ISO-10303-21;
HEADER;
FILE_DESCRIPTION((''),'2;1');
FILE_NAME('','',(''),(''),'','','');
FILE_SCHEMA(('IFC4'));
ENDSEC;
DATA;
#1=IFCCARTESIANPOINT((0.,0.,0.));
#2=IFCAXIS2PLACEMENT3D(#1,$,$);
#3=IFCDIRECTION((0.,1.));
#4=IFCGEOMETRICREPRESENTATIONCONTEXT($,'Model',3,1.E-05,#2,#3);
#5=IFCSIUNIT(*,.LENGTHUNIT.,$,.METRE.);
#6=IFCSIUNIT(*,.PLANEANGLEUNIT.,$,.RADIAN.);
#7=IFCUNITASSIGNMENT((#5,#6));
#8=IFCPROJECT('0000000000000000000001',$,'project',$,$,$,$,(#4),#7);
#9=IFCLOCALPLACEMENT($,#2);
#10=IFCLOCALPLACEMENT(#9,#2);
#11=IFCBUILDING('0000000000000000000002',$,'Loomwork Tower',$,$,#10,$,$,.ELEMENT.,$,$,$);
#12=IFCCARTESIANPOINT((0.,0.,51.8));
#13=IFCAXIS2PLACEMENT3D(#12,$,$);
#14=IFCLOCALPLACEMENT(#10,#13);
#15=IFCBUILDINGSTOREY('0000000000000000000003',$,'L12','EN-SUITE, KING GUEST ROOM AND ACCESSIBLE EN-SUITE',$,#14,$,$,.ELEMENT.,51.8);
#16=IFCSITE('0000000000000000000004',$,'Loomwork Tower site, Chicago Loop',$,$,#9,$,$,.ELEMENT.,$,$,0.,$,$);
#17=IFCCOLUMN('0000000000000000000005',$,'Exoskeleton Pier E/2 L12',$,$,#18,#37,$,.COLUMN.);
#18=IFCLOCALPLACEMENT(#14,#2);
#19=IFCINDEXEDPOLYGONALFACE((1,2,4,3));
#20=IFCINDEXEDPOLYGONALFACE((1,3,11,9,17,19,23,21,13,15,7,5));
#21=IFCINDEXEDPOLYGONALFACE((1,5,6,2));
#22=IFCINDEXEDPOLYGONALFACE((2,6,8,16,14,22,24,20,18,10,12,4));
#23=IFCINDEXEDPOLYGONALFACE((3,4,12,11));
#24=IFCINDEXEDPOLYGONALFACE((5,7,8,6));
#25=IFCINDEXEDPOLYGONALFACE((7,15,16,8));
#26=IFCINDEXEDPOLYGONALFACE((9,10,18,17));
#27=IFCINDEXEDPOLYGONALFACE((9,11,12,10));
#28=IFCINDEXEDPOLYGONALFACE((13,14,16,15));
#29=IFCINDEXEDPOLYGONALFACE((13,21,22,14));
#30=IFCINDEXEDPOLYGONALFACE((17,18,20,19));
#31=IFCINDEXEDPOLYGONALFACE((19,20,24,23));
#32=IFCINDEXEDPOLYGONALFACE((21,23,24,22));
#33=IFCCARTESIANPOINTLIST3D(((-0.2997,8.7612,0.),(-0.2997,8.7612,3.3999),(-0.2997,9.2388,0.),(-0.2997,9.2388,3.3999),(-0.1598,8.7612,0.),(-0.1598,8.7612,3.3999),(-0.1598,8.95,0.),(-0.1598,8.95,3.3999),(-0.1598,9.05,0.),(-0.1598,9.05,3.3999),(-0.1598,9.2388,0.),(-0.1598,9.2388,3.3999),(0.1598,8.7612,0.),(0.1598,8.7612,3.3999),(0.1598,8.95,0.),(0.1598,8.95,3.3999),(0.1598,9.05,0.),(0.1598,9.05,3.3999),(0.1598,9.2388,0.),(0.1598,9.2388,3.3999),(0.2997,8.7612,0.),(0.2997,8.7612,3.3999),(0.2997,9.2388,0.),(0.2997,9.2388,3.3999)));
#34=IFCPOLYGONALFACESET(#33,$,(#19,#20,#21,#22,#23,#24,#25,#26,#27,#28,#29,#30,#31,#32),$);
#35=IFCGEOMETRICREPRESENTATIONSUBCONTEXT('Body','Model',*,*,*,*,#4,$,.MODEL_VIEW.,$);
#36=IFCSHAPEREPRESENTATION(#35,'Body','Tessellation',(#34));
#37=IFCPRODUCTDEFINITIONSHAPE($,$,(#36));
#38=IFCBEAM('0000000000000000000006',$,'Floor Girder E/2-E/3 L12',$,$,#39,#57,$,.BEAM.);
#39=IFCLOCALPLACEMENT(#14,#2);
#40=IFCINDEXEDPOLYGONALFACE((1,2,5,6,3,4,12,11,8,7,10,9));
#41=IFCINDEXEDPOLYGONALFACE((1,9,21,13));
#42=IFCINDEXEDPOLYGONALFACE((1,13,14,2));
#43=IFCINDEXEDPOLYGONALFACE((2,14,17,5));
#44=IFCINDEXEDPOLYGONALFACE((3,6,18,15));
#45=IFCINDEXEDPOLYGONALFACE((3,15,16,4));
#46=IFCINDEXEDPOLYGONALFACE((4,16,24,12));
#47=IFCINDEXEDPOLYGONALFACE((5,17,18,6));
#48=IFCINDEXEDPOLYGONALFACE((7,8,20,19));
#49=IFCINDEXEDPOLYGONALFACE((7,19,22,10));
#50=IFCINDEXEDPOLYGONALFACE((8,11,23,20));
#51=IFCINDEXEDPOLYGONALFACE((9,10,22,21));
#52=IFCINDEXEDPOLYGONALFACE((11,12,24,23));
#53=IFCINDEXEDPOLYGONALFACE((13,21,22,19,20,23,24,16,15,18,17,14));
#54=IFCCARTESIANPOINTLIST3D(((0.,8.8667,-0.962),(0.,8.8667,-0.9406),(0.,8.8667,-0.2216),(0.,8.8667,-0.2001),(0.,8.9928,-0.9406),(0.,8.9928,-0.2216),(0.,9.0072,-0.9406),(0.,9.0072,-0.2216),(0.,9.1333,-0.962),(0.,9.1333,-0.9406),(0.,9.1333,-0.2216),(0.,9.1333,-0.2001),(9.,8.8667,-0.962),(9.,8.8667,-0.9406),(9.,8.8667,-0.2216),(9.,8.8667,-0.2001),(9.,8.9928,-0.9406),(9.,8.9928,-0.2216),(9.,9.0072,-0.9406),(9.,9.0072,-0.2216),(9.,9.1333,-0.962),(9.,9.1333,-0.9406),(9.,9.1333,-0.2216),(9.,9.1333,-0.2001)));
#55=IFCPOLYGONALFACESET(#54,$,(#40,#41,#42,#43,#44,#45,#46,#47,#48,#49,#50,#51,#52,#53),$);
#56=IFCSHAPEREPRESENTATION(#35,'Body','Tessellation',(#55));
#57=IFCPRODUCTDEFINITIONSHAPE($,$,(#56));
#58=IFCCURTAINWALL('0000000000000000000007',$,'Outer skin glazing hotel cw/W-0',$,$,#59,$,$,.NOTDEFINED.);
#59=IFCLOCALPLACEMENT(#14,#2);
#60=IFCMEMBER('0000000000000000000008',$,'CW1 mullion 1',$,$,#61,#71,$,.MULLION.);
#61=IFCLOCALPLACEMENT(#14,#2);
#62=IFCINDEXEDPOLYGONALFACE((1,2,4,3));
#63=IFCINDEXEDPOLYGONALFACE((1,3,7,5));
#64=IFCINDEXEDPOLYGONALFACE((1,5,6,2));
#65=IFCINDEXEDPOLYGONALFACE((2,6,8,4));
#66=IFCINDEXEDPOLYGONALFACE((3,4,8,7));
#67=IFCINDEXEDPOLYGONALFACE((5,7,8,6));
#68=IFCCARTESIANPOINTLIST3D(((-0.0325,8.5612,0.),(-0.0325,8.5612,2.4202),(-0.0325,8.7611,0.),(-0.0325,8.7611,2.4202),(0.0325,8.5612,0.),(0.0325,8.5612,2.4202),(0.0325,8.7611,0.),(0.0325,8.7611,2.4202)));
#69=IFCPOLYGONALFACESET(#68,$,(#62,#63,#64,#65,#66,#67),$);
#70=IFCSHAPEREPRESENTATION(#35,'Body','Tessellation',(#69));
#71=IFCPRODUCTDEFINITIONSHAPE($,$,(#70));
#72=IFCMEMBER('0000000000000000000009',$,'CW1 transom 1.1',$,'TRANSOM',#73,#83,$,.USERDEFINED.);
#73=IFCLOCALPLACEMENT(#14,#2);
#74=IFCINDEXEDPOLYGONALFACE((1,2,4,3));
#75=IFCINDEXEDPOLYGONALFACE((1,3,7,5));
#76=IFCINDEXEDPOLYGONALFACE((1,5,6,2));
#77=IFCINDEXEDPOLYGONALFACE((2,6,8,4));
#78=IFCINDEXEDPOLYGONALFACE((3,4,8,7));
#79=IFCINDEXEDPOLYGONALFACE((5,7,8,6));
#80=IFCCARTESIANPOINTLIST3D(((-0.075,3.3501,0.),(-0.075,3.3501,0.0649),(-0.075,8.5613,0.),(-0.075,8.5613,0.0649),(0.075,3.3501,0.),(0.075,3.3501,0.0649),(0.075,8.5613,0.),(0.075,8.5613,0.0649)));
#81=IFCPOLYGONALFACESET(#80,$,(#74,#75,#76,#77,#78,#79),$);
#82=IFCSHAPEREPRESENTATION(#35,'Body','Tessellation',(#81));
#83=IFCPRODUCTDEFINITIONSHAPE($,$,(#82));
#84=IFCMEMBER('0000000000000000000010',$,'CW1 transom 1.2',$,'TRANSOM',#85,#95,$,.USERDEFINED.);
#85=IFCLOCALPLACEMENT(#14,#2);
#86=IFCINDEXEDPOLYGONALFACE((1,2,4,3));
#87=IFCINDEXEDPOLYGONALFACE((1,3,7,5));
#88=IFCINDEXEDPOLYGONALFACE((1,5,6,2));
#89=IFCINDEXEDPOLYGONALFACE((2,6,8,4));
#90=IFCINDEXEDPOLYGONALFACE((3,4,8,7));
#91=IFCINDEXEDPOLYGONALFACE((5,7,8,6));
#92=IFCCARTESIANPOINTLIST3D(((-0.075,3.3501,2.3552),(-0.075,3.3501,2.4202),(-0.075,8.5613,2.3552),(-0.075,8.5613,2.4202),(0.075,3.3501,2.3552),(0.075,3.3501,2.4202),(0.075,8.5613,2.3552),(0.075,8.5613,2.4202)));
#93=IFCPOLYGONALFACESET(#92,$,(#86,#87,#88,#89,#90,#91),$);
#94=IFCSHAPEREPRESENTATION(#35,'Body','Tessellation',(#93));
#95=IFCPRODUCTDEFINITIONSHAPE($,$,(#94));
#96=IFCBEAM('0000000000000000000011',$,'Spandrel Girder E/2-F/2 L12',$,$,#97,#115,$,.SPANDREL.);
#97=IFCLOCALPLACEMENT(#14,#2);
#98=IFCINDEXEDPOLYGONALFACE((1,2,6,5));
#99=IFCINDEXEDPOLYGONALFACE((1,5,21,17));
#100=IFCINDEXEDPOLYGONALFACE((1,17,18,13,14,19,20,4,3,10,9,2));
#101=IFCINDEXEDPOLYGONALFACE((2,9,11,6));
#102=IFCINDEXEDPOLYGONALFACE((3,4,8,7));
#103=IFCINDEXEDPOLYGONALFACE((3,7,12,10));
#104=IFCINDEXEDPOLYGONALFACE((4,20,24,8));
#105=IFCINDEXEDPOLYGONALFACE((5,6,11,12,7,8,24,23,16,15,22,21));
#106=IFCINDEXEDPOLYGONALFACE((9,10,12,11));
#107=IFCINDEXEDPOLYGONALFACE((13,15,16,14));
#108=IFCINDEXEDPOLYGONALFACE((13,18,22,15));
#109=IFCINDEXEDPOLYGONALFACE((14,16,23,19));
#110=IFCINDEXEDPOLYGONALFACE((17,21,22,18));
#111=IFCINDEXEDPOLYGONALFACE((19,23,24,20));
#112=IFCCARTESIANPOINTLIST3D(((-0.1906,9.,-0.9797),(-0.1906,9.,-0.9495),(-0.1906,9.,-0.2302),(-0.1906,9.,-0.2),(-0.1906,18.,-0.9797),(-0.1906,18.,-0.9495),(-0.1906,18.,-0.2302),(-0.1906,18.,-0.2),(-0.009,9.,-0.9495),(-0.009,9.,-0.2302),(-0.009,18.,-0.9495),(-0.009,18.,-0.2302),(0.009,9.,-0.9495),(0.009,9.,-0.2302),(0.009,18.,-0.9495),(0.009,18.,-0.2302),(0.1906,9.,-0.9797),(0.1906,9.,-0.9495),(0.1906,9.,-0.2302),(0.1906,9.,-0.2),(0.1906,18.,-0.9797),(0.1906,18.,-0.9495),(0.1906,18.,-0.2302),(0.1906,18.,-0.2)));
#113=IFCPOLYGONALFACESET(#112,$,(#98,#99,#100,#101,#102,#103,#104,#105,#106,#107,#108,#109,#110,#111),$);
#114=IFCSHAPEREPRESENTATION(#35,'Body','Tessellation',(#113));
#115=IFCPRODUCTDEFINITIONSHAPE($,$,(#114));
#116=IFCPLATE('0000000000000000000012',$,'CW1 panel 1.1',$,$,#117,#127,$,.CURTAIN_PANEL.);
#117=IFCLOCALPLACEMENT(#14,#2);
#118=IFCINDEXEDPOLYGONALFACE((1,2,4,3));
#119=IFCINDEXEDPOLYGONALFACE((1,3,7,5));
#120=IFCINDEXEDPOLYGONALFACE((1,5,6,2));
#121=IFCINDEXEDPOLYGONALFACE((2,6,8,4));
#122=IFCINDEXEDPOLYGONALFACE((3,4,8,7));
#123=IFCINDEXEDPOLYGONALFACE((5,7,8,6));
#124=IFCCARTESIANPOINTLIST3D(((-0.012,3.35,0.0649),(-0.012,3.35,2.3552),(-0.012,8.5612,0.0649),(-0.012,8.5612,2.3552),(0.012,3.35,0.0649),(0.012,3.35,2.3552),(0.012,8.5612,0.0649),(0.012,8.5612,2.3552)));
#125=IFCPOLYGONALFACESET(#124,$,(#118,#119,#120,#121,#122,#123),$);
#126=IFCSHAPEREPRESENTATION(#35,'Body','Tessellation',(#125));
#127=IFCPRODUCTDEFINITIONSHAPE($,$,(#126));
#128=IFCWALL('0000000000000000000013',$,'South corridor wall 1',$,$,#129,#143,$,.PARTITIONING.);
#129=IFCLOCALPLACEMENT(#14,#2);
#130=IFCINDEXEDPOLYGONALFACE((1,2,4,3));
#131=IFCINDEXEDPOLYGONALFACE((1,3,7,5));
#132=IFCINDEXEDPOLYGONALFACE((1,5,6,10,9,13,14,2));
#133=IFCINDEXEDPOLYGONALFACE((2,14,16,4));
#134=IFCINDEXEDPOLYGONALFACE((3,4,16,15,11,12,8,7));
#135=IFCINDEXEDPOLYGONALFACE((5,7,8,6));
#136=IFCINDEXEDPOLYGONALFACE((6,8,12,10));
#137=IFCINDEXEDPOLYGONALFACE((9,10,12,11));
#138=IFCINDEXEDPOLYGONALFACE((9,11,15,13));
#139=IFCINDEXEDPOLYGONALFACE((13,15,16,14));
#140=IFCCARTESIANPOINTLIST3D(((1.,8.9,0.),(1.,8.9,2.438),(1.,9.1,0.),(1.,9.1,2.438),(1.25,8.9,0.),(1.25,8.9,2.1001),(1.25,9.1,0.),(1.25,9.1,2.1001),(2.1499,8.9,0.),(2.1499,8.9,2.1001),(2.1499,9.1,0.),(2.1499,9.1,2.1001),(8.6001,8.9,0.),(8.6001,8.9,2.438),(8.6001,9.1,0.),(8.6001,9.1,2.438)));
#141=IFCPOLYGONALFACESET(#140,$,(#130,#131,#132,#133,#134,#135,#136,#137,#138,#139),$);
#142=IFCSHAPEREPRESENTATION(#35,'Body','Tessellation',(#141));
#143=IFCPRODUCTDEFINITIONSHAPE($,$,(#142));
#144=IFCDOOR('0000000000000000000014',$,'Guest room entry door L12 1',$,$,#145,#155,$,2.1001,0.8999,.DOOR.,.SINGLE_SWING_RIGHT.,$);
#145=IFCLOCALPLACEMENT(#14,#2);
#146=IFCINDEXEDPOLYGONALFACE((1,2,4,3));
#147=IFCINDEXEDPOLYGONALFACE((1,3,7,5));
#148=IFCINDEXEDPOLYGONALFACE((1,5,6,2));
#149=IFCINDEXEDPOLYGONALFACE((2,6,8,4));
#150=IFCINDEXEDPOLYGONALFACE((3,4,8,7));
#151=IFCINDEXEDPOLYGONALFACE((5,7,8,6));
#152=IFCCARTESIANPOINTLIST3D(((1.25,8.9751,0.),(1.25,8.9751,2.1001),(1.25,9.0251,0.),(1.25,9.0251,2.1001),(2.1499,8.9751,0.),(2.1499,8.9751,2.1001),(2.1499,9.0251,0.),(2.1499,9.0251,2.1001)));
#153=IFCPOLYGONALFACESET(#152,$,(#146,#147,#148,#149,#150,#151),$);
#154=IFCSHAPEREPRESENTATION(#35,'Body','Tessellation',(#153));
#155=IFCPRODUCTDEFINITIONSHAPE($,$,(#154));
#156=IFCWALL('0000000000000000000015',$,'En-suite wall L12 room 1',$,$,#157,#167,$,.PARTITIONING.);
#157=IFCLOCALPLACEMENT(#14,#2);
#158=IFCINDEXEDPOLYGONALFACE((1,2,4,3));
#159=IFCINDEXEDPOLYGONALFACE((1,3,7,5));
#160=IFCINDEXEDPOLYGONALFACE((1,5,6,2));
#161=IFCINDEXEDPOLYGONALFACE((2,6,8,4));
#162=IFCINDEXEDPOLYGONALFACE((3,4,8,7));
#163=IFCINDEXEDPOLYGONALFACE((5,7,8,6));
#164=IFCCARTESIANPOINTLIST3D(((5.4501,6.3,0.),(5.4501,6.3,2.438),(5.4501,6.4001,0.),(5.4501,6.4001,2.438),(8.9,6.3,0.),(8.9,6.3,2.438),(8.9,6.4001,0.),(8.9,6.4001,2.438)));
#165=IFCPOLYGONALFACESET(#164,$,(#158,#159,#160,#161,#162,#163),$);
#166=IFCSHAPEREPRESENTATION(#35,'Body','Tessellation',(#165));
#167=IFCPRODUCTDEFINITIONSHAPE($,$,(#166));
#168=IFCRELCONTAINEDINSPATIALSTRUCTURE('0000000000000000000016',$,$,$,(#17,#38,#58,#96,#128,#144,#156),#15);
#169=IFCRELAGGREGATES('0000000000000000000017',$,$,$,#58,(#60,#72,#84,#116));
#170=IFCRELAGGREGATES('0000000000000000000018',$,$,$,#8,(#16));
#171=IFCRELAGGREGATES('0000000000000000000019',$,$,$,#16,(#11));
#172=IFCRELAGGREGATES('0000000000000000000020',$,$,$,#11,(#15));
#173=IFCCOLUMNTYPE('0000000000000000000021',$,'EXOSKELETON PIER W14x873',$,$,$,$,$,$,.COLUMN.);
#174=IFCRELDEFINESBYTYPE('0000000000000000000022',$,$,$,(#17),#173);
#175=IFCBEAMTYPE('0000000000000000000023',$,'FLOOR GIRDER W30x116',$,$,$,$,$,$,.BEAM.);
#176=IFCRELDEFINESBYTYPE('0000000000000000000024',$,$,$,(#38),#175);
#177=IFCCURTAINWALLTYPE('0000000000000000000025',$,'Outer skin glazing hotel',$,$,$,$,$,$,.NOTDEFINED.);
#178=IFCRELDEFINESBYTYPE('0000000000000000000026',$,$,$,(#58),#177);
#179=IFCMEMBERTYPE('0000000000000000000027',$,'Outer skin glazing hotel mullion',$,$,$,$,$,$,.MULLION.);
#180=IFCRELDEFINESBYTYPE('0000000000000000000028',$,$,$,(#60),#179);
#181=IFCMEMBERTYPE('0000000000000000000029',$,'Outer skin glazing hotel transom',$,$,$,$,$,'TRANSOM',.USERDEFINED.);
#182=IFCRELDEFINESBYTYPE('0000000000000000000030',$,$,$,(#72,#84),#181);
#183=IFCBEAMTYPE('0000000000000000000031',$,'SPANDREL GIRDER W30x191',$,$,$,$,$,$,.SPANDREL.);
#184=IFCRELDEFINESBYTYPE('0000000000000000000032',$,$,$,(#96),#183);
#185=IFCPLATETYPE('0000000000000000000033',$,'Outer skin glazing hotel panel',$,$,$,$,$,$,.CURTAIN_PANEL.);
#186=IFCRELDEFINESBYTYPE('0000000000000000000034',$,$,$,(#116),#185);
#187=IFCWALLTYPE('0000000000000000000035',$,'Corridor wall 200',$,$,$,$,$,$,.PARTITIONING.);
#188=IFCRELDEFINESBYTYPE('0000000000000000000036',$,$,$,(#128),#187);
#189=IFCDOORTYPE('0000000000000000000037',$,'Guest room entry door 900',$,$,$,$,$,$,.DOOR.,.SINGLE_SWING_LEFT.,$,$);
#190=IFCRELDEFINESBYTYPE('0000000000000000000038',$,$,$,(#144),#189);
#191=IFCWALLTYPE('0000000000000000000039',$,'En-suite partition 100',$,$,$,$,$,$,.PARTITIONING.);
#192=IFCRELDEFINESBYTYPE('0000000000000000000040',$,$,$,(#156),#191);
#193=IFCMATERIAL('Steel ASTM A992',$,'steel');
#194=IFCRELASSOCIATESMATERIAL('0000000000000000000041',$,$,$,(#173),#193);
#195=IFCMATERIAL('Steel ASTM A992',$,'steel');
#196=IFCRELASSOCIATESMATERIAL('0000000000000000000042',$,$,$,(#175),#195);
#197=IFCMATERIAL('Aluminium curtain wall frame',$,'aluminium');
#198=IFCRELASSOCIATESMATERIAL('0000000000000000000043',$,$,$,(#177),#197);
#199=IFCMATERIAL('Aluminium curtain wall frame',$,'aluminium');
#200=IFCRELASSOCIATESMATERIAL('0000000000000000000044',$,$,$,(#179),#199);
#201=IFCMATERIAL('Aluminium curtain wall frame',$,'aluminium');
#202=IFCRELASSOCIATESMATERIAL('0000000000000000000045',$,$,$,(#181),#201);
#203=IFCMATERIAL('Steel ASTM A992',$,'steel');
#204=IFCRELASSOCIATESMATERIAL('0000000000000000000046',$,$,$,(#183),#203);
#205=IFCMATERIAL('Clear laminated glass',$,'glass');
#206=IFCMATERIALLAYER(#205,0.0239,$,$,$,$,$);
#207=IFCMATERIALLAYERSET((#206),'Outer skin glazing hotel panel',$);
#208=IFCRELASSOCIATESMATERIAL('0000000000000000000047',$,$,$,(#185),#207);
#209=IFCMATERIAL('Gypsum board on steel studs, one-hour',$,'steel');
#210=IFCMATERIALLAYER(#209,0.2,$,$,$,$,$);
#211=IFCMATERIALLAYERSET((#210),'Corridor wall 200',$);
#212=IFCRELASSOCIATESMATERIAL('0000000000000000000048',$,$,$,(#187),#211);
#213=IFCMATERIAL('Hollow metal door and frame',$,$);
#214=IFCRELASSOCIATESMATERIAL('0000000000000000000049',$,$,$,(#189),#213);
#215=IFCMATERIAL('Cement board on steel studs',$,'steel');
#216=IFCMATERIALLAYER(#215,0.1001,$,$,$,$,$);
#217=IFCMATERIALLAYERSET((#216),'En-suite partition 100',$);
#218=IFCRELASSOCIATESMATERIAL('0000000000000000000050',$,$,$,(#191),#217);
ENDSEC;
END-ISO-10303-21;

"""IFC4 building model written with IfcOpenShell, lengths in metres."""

from ifc_helpers import new_model, si_unit, direction, frame, frame_2d, origin, origin_2d, place, context, subcontext, project, spatial, rectangle, i_section, extrude, material, layer, layer_set, material_profile, profile_set, type_object, element, fill, aggregate, save


model = new_model("IFC4")

# Units and contexts
model_context = context("Model", 3, precision=1e-05, world=origin(), true_north=direction((0.0, 1.0)))
body_context = subcontext(model_context, "Body", "Model", "MODEL_VIEW")
ifc_project = project(units=[si_unit("LENGTHUNIT", "METRE"), si_unit("PLANEANGLEUNIT", "RADIAN")], contexts=[model_context])

# Site, building, storey
site_placement = place(None, origin())
site = spatial("IfcSite", under=ifc_project, at=site_placement, Name="Loomwork Tower site, Chicago Loop", CompositionType="ELEMENT", RefElevation=0.0)
building_placement = place(site_placement, origin())
building = spatial("IfcBuilding", under=site, at=building_placement, Name="Loomwork Tower", CompositionType="ELEMENT")
storey_placement = place(building_placement, frame((0.0, 0.0, 51.8)))
storey = spatial("IfcBuildingStorey", under=building, at=storey_placement, Name="L12", Description="EN-SUITE, KING GUEST ROOM AND ACCESSIBLE EN-SUITE", CompositionType="ELEMENT", Elevation=51.8)

# Column
ifc_material_1 = material(Name="Steel ASTM A992", Category="steel")
ifc_material_profile_1 = material_profile(ifc_material_1, i_section(OverallWidth=0.4775, OverallDepth=0.5994, WebThickness=0.1001, FlangeThickness=0.1399, at=origin_2d()), Name="W14x873")
ifc_profile_set_1 = profile_set([ifc_material_profile_1], Name="Steel ASTM A992")
column_type = type_object("IfcColumnType", Name="EXOSKELETON PIER W14x873", PredefinedType="COLUMN", material=ifc_profile_set_1)
column_placement = place(storey_placement, frame((0.0, 9.0, 0.0), z_axis=(0.0, 0.0, 1.0), x_axis=(0.0, 1.0, 0.0)))
element("IfcColumn", 1, at=column_placement, inside=storey, type_object=column_type, Name="Exoskeleton Pier E/2 L12", PredefinedType="COLUMN", context=body_context, shape_type="SweptSolid", body=[
    extrude(i_section(OverallWidth=0.4775, OverallDepth=0.5994, WebThickness=0.1001, FlangeThickness=0.1399, at=origin_2d()), origin(), (0.0, 0.0, 1.0), 3.3999),
])

# Beam
ifc_material_2 = material(Name="Steel ASTM A992", Category="steel")
ifc_material_profile_2 = material_profile(ifc_material_2, i_section(OverallWidth=0.2666, OverallDepth=0.762, WebThickness=0.0144, FlangeThickness=0.0215, at=origin_2d()), Name="W30x116")
ifc_profile_set_2 = profile_set([ifc_material_profile_2], Name="Steel ASTM A992")
beam_type_1 = type_object("IfcBeamType", Name="FLOOR GIRDER W30x116", PredefinedType="BEAM", material=ifc_profile_set_2)
beam_1_placement = place(storey_placement, frame((0.0, 9.0, -0.5811), z_axis=(1.0, 0.0, 0.0), x_axis=(0.0, 1.0, 0.0)))
element("IfcBeam", 2, at=beam_1_placement, inside=storey, type_object=beam_type_1, Name="Floor Girder E/2-E/3 L12", PredefinedType="BEAM", context=body_context, shape_type="SweptSolid", body=[
    extrude(i_section(OverallWidth=0.2666, OverallDepth=0.762, WebThickness=0.0144, FlangeThickness=0.0215, at=origin_2d()), origin(), (0.0, 0.0, 1.0), 9.0),
])

# Curtain wall, members
ifc_material_3 = material(Name="Aluminium curtain wall frame", Category="aluminium")
curtain_wall_type = type_object("IfcCurtainWallType", Name="Outer skin glazing hotel", PredefinedType="NOTDEFINED", material=ifc_material_3)
curtain_wall_placement = place(storey_placement, origin())
curtain_wall = element("IfcCurtainWall", 3, at=curtain_wall_placement, inside=storey, type_object=curtain_wall_type, Name="Outer skin glazing hotel cw/W-0", PredefinedType="NOTDEFINED")
ifc_material_4 = material(Name="Aluminium curtain wall frame", Category="aluminium")
ifc_material_profile_3 = material_profile(ifc_material_4, rectangle(XDim=0.0649, YDim=0.2, at=origin_2d()), Name="AL 65x200")
ifc_profile_set_3 = profile_set([ifc_material_profile_3], Name="Aluminium curtain wall frame")
member_type_1 = type_object("IfcMemberType", Name="Outer skin glazing hotel mullion", PredefinedType="MULLION", material=ifc_profile_set_3)
member_1_placement = place(storey_placement, frame((0.0, 8.6611, 0.0), z_axis=(0.0, 0.0, 1.0), x_axis=(1.0, 0.0, 0.0)))
member_1 = element("IfcMember", 4, at=member_1_placement, type_object=member_type_1, Name="CW1 mullion 1", PredefinedType="MULLION", context=body_context, shape_type="SweptSolid", body=[
    extrude(rectangle(XDim=0.0649, YDim=0.2, at=origin_2d()), origin(), (0.0, 0.0, 1.0), 2.4202),
])
ifc_material_5 = material(Name="Aluminium curtain wall frame", Category="aluminium")
ifc_material_profile_4 = material_profile(ifc_material_5, rectangle(XDim=0.1499, YDim=0.0649, at=origin_2d()), Name="AL 65x150")
ifc_profile_set_4 = profile_set([ifc_material_profile_4], Name="Aluminium curtain wall frame")
member_type_2 = type_object("IfcMemberType", Name="Outer skin glazing hotel transom", ElementType="TRANSOM", PredefinedType="USERDEFINED", material=ifc_profile_set_4)
member_2_placement = place(storey_placement, frame((0.0, 8.5613, 0.0325), z_axis=(0.0, -1.0, 0.0), x_axis=(1.0, 0.0, 0.0)))
member_2 = element("IfcMember", 5, at=member_2_placement, type_object=member_type_2, Name="CW1 transom 1.1", ObjectType="TRANSOM", PredefinedType="USERDEFINED", context=body_context, shape_type="SweptSolid", body=[
    extrude(rectangle(XDim=0.1499, YDim=0.0649, at=origin_2d()), origin(), (0.0, 0.0, 1.0), 5.2112),
])
member_3_placement = place(storey_placement, frame((0.0, 8.5613, 2.3877), z_axis=(0.0, -1.0, 0.0), x_axis=(1.0, 0.0, 0.0)))
member_3 = element("IfcMember", 6, at=member_3_placement, type_object=member_type_2, Name="CW1 transom 1.2", ObjectType="TRANSOM", PredefinedType="USERDEFINED", context=body_context, shape_type="SweptSolid", body=[
    extrude(rectangle(XDim=0.1499, YDim=0.0649, at=origin_2d()), origin(), (0.0, 0.0, 1.0), 5.2112),
])

# Beam
ifc_material_6 = material(Name="Steel ASTM A992", Category="steel")
ifc_material_profile_5 = material_profile(ifc_material_6, i_section(OverallWidth=0.3811, OverallDepth=0.7798, WebThickness=0.0181, FlangeThickness=0.0303, at=origin_2d()), Name="W30x191")
ifc_profile_set_5 = profile_set([ifc_material_profile_5], Name="Steel ASTM A992")
beam_type_2 = type_object("IfcBeamType", Name="SPANDREL GIRDER W30x191", PredefinedType="SPANDREL", material=ifc_profile_set_5)
beam_2_placement = place(storey_placement, frame((0.0, 9.0, -0.5898), z_axis=(0.0, 1.0, 0.0), x_axis=(-1.0, 0.0, 0.0)))
element("IfcBeam", 7, at=beam_2_placement, inside=storey, type_object=beam_type_2, Name="Spandrel Girder E/2-F/2 L12", PredefinedType="SPANDREL", context=body_context, shape_type="SweptSolid", body=[
    extrude(i_section(OverallWidth=0.3811, OverallDepth=0.7798, WebThickness=0.0181, FlangeThickness=0.0303, at=origin_2d()), origin(), (0.0, 0.0, 1.0), 9.0),
])

# Plate
ifc_material_7 = material(Name="Clear laminated glass", Category="glass")
ifc_layer_1 = layer(ifc_material_7, 0.0239)
ifc_layer_set_1 = layer_set([ifc_layer_1], Name="Outer skin glazing hotel panel")
plate_type = type_object("IfcPlateType", Name="Outer skin glazing hotel panel", PredefinedType="CURTAIN_PANEL", material=ifc_layer_set_1)
plate_placement = place(storey_placement, frame((0.0, 5.9556, 0.0649), z_axis=(0.0, 0.0, 1.0), x_axis=(0.0, -1.0, 0.0)))
plate = element("IfcPlate", 8, at=plate_placement, type_object=plate_type, Name="CW1 panel 1.1", PredefinedType="CURTAIN_PANEL", context=body_context, shape_type="SweptSolid", body=[
    extrude(rectangle(XDim=5.2112, YDim=0.0239, at=origin_2d()), origin(), (0.0, 0.0, 1.0), 2.2903),
])
aggregate(curtain_wall, [member_1, member_2, member_3, plate])

# Wall, opening, door
ifc_material_8 = material(Name="Gypsum board on steel studs, one-hour", Category="steel")
ifc_layer_2 = layer(ifc_material_8, 0.2)
ifc_layer_set_2 = layer_set([ifc_layer_2], Name="Corridor wall 200")
wall_type_1 = type_object("IfcWallType", Name="Corridor wall 200", PredefinedType="PARTITIONING", material=ifc_layer_set_2)
wall_1_placement = place(storey_placement, frame((1.0, 9.0, 0.0), z_axis=(0.0, 0.0, 1.0), x_axis=(1.0, 0.0, 0.0)))
wall_1 = element("IfcWall", 9, at=wall_1_placement, inside=storey, type_object=wall_type_1, Name="South corridor wall 1", PredefinedType="PARTITIONING", context=body_context, shape_type="SweptSolid", body=[
    extrude(rectangle(XDim=7.6001, YDim=0.2, at=frame_2d((3.8, 0.0))), origin(), (0.0, 0.0, 1.0), 2.438),
])
opening_1_placement = place(wall_1_placement, frame((0.25, 0.0, 0.0)))
opening_1 = element("IfcOpeningElement", 10, at=opening_1_placement, cuts=wall_1, PredefinedType="OPENING", context=body_context, shape_type="SweptSolid", body=[
    extrude(rectangle(XDim=0.8999, YDim=2.1001, at=frame_2d((0.45, 1.05))), frame((0.0, 0.1099, 0.0), z_axis=(0.0, -1.0, 0.0), x_axis=(1.0, 0.0, 0.0)), (0.0, 0.0, 1.0), 0.22),
])
ifc_material_9 = material(Name="Hollow metal door and frame")
door_type_1 = type_object("IfcDoorType", Name="Guest room entry door 900", OperationType="SINGLE_SWING_LEFT", PredefinedType="DOOR", material=ifc_material_9)
door_1_placement = place(opening_1_placement, frame((0.8999, 0.0, 0.0), z_axis=(0.0, 0.0, 1.0), x_axis=(-1.0, 0.0, 0.0)))
door_1 = element("IfcDoor", 11, at=door_1_placement, inside=storey, type_object=door_type_1, Name="Guest room entry door L12 1", OperationType="SINGLE_SWING_RIGHT", OverallHeight=2.1001, OverallWidth=0.8999, PredefinedType="DOOR", context=body_context, shape_type="SweptSolid", body=[
    extrude(rectangle(XDim=0.8999, YDim=2.1001, at=frame_2d((0.45, 1.05))), frame((0.0, 0.0249, 0.0), z_axis=(0.0, -1.0, 0.0), x_axis=(1.0, 0.0, 0.0)), (0.0, 0.0, 1.0), 0.05),
])
fill(opening_1, door_1)

# Wall
ifc_material_10 = material(Name="Cement board on steel studs", Category="steel")
ifc_layer_3 = layer(ifc_material_10, 0.1001)
ifc_layer_set_3 = layer_set([ifc_layer_3], Name="En-suite partition 100")
wall_type_2 = type_object("IfcWallType", Name="En-suite partition 100", PredefinedType="PARTITIONING", material=ifc_layer_set_3)
wall_2_placement = place(storey_placement, frame((5.45, 6.3501, 0.0), z_axis=(0.0, 0.0, 1.0), x_axis=(1.0, 0.0, 0.0)))
element("IfcWall", 12, at=wall_2_placement, inside=storey, type_object=wall_type_2, Name="En-suite wall L12 room 1", PredefinedType="PARTITIONING", context=body_context, shape_type="SweptSolid", body=[
    extrude(rectangle(XDim=3.45, YDim=0.1001, at=frame_2d((1.7251, 0.0))), origin(), (0.0, 0.0, 1.0), 2.438),
])

save(model, "model.ifc")
